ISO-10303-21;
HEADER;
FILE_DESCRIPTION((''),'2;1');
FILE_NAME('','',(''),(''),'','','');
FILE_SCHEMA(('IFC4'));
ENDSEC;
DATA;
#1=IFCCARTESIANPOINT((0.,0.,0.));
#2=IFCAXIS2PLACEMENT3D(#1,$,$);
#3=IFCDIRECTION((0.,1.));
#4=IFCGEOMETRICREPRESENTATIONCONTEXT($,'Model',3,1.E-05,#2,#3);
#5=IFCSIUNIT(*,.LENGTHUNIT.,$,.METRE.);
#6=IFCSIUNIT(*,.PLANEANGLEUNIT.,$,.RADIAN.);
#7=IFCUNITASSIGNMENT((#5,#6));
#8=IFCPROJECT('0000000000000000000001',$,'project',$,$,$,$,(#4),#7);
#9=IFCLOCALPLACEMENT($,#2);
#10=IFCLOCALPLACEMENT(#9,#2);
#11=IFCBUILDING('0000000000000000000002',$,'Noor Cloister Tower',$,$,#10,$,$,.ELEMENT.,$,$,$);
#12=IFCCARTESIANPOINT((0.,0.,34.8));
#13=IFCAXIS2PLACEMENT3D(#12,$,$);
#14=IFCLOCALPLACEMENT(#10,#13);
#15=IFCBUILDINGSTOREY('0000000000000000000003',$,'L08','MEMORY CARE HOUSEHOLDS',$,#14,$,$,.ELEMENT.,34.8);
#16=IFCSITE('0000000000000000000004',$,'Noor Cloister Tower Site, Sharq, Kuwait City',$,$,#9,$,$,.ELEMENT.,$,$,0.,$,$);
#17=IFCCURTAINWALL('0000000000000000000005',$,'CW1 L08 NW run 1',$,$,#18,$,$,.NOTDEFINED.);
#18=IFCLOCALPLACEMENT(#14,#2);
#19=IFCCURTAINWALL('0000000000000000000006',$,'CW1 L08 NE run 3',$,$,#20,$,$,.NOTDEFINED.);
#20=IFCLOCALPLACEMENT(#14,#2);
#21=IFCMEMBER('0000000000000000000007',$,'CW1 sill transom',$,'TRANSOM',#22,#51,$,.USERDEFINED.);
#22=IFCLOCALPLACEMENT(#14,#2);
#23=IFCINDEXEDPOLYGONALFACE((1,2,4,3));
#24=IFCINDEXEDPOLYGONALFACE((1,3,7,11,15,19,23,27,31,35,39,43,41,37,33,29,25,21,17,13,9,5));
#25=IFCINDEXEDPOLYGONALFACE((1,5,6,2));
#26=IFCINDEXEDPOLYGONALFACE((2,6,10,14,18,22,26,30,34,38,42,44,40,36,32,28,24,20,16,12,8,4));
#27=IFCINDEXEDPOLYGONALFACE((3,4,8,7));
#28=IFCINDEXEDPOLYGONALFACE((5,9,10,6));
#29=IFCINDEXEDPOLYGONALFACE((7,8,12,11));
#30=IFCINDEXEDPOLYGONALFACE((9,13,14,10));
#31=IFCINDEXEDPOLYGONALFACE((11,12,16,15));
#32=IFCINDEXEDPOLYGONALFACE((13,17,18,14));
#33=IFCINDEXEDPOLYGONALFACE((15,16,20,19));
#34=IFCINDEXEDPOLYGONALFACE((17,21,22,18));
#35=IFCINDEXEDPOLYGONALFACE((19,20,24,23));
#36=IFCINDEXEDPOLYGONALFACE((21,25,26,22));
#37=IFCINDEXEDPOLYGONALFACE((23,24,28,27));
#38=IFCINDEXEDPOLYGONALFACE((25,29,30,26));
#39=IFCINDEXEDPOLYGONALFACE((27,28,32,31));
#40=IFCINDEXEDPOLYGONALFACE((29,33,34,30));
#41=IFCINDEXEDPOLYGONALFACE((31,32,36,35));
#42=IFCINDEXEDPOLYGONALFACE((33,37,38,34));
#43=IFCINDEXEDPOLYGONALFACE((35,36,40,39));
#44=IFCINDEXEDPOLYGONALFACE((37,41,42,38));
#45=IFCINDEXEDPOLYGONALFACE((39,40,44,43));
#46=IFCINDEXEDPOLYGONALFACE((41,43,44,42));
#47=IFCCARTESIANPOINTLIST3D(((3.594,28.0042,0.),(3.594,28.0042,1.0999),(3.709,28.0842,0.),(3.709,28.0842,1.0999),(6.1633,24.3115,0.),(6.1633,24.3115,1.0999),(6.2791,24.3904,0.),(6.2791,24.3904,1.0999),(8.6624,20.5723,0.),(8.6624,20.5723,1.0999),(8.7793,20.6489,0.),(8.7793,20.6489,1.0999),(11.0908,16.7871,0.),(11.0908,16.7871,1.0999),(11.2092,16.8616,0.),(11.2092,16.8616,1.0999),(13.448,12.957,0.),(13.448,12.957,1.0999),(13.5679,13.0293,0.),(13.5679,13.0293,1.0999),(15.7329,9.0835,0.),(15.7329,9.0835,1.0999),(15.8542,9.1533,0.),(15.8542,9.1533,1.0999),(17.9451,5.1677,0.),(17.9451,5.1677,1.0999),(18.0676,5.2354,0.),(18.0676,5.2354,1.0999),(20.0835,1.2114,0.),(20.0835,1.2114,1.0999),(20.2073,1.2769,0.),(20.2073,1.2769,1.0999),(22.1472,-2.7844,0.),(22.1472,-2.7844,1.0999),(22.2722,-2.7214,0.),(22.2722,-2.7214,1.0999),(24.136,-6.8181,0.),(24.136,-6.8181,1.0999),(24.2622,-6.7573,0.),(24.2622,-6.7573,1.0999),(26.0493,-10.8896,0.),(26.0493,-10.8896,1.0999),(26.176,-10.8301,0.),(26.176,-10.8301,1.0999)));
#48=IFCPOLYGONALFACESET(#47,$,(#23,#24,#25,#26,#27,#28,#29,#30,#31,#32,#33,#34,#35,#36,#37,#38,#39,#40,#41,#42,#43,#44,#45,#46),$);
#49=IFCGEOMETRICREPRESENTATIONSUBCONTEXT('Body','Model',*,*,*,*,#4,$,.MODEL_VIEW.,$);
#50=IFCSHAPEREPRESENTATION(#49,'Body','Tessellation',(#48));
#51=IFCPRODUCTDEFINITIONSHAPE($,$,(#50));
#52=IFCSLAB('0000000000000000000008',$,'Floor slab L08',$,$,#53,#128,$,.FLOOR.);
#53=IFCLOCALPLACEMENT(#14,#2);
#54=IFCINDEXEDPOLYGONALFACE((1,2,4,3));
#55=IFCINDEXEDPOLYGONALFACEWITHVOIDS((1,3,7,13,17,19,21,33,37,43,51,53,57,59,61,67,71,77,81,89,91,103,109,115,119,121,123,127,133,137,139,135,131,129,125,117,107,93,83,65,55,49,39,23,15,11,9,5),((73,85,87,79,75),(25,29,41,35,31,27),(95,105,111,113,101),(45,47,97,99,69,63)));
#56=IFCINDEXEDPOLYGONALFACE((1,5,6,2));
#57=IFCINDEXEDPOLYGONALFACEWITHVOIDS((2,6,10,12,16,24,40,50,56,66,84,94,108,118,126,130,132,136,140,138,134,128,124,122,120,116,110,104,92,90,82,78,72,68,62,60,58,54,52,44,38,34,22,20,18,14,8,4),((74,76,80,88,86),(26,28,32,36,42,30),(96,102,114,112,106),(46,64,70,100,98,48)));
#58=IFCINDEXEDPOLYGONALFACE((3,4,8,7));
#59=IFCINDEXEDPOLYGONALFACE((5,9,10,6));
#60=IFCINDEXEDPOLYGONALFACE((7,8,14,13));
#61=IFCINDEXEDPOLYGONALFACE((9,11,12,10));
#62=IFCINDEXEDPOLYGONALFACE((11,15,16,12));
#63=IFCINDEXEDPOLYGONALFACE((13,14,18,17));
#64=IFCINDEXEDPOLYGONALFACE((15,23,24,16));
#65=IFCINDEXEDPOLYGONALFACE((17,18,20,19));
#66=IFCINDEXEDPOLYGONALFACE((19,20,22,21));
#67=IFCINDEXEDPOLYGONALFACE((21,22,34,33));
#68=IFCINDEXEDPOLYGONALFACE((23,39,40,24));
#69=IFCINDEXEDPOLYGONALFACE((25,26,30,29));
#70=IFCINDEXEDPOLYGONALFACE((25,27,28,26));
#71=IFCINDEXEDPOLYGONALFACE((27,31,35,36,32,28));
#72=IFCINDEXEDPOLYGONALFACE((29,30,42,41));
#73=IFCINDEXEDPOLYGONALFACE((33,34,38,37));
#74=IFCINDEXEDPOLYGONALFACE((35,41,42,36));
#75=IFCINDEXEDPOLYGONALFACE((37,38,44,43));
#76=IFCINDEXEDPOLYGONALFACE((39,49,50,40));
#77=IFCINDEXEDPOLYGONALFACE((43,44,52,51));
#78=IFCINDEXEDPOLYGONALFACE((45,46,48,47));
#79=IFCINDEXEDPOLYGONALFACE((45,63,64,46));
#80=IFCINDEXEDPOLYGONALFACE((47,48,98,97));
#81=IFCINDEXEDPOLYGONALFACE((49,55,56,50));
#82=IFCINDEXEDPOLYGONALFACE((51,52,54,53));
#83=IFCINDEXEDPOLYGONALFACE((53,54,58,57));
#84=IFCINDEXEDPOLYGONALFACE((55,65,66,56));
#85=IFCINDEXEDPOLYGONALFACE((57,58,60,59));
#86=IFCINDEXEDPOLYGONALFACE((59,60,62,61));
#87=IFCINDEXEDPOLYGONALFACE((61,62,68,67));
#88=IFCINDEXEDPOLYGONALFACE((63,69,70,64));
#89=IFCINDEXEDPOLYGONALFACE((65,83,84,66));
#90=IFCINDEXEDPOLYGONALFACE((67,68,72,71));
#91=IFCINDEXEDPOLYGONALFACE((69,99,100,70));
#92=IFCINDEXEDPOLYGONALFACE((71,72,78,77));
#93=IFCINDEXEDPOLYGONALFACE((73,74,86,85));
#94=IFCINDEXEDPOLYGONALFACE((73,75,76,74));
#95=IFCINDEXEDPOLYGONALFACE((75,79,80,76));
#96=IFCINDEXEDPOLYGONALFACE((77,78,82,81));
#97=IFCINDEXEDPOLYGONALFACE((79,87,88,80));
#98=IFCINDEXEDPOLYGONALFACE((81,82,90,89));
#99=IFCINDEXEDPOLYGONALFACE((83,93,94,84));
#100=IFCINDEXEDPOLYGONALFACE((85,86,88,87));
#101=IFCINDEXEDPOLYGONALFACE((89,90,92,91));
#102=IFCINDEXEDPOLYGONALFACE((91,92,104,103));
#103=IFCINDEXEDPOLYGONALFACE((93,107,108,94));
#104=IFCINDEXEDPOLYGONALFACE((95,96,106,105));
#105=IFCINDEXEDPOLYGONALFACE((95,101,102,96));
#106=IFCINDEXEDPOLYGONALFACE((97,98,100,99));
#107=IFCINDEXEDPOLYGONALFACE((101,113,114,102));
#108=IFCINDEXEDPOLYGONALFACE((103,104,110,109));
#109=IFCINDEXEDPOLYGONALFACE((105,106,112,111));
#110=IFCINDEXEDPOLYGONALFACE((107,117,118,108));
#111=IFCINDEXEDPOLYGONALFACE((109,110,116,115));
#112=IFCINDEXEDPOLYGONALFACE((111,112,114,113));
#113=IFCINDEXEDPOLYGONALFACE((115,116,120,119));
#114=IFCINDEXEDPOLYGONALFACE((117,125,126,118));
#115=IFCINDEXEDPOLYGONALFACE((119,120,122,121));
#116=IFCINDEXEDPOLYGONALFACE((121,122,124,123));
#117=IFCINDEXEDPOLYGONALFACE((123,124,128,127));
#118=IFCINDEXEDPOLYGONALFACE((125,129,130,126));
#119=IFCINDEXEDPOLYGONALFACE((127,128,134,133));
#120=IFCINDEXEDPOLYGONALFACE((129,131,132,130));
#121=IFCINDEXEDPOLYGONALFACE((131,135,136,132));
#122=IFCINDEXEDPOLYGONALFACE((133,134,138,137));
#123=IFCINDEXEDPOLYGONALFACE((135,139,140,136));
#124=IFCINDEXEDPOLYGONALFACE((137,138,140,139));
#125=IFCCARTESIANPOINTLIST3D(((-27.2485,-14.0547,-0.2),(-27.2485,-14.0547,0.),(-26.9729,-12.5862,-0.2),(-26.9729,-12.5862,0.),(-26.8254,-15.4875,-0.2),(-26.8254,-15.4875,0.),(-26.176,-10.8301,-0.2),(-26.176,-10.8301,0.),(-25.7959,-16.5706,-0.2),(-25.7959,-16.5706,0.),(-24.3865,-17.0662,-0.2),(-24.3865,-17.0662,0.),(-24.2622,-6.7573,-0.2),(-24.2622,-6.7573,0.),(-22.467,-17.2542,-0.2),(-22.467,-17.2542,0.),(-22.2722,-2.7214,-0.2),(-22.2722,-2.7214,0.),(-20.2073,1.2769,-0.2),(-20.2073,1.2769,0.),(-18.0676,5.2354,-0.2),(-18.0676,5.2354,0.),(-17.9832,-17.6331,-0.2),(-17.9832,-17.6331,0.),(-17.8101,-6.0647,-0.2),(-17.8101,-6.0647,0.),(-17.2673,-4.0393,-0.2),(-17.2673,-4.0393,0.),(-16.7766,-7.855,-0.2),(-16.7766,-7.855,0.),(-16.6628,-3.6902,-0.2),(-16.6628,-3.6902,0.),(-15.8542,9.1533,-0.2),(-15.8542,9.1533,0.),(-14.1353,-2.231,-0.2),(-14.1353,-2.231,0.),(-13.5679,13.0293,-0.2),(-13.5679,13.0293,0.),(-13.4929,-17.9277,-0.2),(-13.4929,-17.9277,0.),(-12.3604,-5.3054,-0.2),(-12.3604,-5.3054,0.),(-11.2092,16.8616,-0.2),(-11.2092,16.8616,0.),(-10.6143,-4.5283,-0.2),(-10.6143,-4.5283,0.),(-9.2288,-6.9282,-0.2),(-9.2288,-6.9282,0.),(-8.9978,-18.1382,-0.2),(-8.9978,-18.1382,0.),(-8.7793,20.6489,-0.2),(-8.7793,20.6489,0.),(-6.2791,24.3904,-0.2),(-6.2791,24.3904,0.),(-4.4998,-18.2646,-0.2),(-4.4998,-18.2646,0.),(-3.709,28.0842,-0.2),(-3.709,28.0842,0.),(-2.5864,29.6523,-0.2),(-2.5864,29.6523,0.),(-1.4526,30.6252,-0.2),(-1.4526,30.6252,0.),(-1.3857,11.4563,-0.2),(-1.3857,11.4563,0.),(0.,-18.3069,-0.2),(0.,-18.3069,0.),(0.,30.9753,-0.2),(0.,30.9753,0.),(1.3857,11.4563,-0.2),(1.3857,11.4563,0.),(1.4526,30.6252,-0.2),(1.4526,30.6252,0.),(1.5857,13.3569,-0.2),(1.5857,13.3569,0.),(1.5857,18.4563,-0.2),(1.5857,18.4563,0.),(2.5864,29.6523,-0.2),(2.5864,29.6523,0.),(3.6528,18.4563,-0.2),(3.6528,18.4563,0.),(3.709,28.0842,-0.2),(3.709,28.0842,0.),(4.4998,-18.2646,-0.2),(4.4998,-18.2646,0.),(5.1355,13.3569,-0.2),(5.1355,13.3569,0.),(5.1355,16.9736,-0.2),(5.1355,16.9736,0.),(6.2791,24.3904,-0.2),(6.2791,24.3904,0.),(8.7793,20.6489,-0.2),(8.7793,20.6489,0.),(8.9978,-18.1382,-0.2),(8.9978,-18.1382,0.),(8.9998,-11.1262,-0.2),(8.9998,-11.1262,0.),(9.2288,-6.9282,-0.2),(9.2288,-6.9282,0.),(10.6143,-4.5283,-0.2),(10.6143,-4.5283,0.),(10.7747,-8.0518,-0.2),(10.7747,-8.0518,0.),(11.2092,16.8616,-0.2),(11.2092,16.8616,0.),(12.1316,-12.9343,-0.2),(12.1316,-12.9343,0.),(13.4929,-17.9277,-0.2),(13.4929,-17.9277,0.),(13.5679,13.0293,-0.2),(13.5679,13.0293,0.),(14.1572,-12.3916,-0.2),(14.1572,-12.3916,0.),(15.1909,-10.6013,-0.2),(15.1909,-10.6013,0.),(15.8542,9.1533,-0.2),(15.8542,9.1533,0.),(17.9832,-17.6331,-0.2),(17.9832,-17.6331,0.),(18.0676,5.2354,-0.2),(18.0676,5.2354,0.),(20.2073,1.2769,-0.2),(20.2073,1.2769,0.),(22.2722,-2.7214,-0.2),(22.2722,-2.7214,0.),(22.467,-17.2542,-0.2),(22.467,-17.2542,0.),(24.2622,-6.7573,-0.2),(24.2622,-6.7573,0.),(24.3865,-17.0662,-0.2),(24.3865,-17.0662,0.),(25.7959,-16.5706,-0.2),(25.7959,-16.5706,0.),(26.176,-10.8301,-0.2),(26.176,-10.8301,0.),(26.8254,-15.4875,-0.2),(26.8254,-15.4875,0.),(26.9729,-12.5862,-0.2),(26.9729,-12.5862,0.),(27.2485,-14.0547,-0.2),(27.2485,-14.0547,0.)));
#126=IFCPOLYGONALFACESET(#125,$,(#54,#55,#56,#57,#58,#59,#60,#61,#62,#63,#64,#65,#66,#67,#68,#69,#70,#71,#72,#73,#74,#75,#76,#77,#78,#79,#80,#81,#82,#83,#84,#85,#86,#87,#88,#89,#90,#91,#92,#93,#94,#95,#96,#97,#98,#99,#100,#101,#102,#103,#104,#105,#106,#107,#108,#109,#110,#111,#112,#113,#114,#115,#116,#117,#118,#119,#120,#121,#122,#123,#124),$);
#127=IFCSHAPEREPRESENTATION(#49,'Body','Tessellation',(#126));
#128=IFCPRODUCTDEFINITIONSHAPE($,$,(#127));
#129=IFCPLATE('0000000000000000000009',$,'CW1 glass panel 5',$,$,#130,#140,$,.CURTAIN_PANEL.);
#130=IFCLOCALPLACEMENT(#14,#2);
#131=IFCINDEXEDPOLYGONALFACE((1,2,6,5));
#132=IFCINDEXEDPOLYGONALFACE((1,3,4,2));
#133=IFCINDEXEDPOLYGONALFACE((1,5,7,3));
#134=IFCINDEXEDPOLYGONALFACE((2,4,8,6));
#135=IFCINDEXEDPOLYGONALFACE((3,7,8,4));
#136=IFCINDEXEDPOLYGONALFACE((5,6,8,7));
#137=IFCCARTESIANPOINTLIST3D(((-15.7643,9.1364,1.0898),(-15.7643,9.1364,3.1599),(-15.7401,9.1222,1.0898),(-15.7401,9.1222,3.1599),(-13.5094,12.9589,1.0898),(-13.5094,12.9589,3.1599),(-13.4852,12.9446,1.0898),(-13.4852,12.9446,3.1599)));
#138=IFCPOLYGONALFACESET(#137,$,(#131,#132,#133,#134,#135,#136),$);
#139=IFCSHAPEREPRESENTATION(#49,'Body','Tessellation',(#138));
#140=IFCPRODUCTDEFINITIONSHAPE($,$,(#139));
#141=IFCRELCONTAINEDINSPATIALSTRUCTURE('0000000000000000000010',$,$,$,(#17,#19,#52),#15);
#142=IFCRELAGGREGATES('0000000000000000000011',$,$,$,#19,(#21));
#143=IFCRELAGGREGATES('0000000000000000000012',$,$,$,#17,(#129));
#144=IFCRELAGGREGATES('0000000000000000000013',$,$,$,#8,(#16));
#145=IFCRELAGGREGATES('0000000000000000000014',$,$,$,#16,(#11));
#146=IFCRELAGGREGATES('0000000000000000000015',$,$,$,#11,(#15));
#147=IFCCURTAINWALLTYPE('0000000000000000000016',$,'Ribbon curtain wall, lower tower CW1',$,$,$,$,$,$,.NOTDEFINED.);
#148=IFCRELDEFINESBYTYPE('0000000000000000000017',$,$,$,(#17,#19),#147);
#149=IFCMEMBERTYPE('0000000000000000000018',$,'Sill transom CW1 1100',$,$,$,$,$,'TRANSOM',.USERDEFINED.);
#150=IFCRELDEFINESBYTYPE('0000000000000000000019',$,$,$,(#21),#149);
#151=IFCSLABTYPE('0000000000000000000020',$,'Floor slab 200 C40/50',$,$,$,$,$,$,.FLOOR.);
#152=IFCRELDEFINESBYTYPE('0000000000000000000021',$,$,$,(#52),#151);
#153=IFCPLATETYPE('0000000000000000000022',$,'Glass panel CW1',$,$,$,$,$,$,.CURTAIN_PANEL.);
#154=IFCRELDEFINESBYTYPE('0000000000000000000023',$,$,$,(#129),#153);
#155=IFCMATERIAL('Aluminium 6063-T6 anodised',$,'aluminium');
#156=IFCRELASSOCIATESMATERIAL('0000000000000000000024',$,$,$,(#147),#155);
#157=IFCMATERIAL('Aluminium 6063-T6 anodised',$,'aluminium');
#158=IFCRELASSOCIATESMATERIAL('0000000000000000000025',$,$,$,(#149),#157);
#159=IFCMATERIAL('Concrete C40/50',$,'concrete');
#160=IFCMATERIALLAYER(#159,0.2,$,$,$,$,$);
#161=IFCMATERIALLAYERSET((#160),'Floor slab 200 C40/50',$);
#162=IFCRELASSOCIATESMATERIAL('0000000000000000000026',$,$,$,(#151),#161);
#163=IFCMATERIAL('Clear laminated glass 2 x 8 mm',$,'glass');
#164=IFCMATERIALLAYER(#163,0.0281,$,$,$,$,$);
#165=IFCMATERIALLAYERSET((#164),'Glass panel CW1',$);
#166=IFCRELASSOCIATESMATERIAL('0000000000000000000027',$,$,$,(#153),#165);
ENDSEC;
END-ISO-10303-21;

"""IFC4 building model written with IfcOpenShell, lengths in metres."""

from ifc_helpers import new_model, si_unit, direction, frame, origin, origin_2d, place, context, subcontext, project, spatial, polyline, rectangle, outline, extrude, material, layer, layer_set, type_object, element, aggregate, save


model = new_model("IFC4")

# Units and contexts
model_context = context("Model", 3, precision=1e-05, world=origin(), true_north=direction((0.0, 1.0)))
body_context = subcontext(model_context, "Body", "Model", "MODEL_VIEW")
ifc_project = project(units=[si_unit("LENGTHUNIT", "METRE"), si_unit("PLANEANGLEUNIT", "RADIAN")], contexts=[model_context])

# Site, building, storey
site_placement = place(None, origin())
site = spatial("IfcSite", under=ifc_project, at=site_placement, Name="Noor Cloister Tower Site, Sharq, Kuwait City", CompositionType="ELEMENT", RefElevation=0.0)
building_placement = place(site_placement, origin())
building = spatial("IfcBuilding", under=site, at=building_placement, Name="Noor Cloister Tower", CompositionType="ELEMENT")
storey_placement = place(building_placement, frame((0.0, 0.0, 34.8)))
storey = spatial("IfcBuildingStorey", under=building, at=storey_placement, Name="L08", Description="MEMORY CARE HOUSEHOLDS", CompositionType="ELEMENT", Elevation=34.8)

# Curtain walls
ifc_material_1 = material(Name="Aluminium 6063-T6 anodised", Category="aluminium")
curtain_wall_type = type_object("IfcCurtainWallType", Name="Ribbon curtain wall, lower tower CW1", PredefinedType="NOTDEFINED", material=ifc_material_1)
curtain_wall_1_placement = place(storey_placement, origin())
curtain_wall_1 = element("IfcCurtainWall", 1, at=curtain_wall_1_placement, inside=storey, type_object=curtain_wall_type, Name="CW1 L08 NW run 1", PredefinedType="NOTDEFINED")
curtain_wall_2_placement = place(storey_placement, origin())
curtain_wall_2 = element("IfcCurtainWall", 2, at=curtain_wall_2_placement, inside=storey, type_object=curtain_wall_type, Name="CW1 L08 NE run 3", PredefinedType="NOTDEFINED")

# Member
ifc_material_2 = material(Name="Aluminium 6063-T6 anodised", Category="aluminium")
member_type_1 = type_object("IfcMemberType", Name="Sill transom CW1 1100", ElementType="TRANSOM", PredefinedType="USERDEFINED", material=ifc_material_2)
member_1_placement = place(storey_placement, origin())
member_1 = element("IfcMember", 3, at=member_1_placement, type_object=member_type_1, Name="CW1 sill transom", ObjectType="TRANSOM", PredefinedType="USERDEFINED", context=body_context, shape_type="SweptSolid", body=[
    extrude(outline(polyline([(26.176, -10.8301), (24.2622, -6.7573), (22.2722, -2.7214), (20.2073, 1.2769), (18.0676, 5.2354), (15.8542, 9.1533), (13.5679, 13.0293), (11.2092, 16.8616), (8.7793, 20.6489), (6.2791, 24.3904), (3.709, 28.0842), (3.594, 28.0042), (6.1633, 24.3115), (8.6624, 20.5723), (11.0908, 16.7871), (13.448, 12.957), (15.7329, 9.0835), (17.9451, 5.1677), (20.0835, 1.2114), (22.1472, -2.7844), (24.136, -6.8181), (26.0493, -10.8896), (26.176, -10.8301)])), origin(), (0.0, 0.0, 1.0), 1.0999),
])
aggregate(curtain_wall_2, [member_1])

# Slab
ifc_material_3 = material(Name="Concrete C40/50", Category="concrete")
ifc_layer_1 = layer(ifc_material_3, 0.2)
ifc_layer_set_1 = layer_set([ifc_layer_1], Name="Floor slab 200 C40/50")
slab_type_1 = type_object("IfcSlabType", Name="Floor slab 200 C40/50", PredefinedType="FLOOR", material=ifc_layer_set_1)
slab_1_placement = place(storey_placement, frame((0.0, 0.0, -0.2)))
element("IfcSlab", 4, at=slab_1_placement, inside=storey, type_object=slab_type_1, Name="Floor slab L08", PredefinedType="FLOOR", context=body_context, shape_type="SweptSolid", body=[
    extrude(outline(polyline([(2.5864, 29.6523), (1.4526, 30.6252), (0.0, 30.9753), (-1.4526, 30.6252), (-2.5864, 29.6523), (-3.709, 28.0842), (-6.2791, 24.3904), (-8.7793, 20.6489), (-11.2092, 16.8616), (-13.5679, 13.0293), (-15.8542, 9.1533), (-18.0676, 5.2354), (-20.2073, 1.2769), (-22.2722, -2.7214), (-24.2622, -6.7573), (-26.176, -10.8301), (-26.9729, -12.5862), (-27.2485, -14.0547), (-26.8254, -15.4875), (-25.7959, -16.5706), (-24.3865, -17.0662), (-22.467, -17.2542), (-17.9832, -17.6331), (-13.4929, -17.9277), (-8.9978, -18.1382), (-4.4998, -18.2646), (0.0, -18.3069), (4.4998, -18.2646), (8.9978, -18.1382), (13.4929, -17.9277), (17.9832, -17.6331), (22.467, -17.2542), (24.3865, -17.0662), (25.7959, -16.5706), (26.8254, -15.4875), (27.2485, -14.0547), (26.9729, -12.5862), (26.176, -10.8301), (24.2622, -6.7573), (22.2722, -2.7214), (20.2073, 1.2769), (18.0676, 5.2354), (15.8542, 9.1533), (13.5679, 13.0293), (11.2092, 16.8616), (8.7793, 20.6489), (6.2791, 24.3904), (3.709, 28.0842), (2.5864, 29.6523)]), holes=[polyline([(8.9998, -11.1262), (12.1316, -12.9343), (14.1572, -12.3916), (15.1909, -10.6013), (10.7747, -8.0518), (8.9998, -11.1262)]), polyline([(-17.8101, -6.0647), (-16.7766, -7.855), (-12.3604, -5.3054), (-14.1353, -2.231), (-16.6628, -3.6902), (-17.2673, -4.0393), (-17.8101, -6.0647)]), polyline([(-10.6143, -4.5283), (-9.2288, -6.9282), (9.2288, -6.9282), (10.6143, -4.5283), (1.3857, 11.4563), (-1.3857, 11.4563), (-10.6143, -4.5283)]), polyline([(3.6528, 18.4563), (1.5857, 18.4563), (1.5857, 13.3569), (5.1355, 13.3569), (5.1355, 16.9736), (3.6528, 18.4563)])]), origin(), (0.0, 0.0, 1.0), 0.2),
])

# Plate
ifc_material_4 = material(Name="Clear laminated glass 2 x 8 mm", Category="glass")
ifc_layer_2 = layer(ifc_material_4, 0.0281)
ifc_layer_set_2 = layer_set([ifc_layer_2], Name="Glass panel CW1")
plate_type = type_object("IfcPlateType", Name="Glass panel CW1", PredefinedType="CURTAIN_PANEL", material=ifc_layer_set_2)
plate_placement = place(storey_placement, frame((-14.6248, 11.0405, 1.0898), z_axis=(0.0, 0.0, 1.0), x_axis=(-0.508087, -0.861306, 0.0)))
plate = element("IfcPlate", 5, at=plate_placement, type_object=plate_type, Name="CW1 glass panel 5", PredefinedType="CURTAIN_PANEL", context=body_context, shape_type="SweptSolid", body=[
    extrude(rectangle(XDim=4.438, YDim=0.0281, at=origin_2d()), origin(), (0.0, 0.0, 1.0), 2.0701),
])
aggregate(curtain_wall_1, [plate])

save(model, "model.ifc")
